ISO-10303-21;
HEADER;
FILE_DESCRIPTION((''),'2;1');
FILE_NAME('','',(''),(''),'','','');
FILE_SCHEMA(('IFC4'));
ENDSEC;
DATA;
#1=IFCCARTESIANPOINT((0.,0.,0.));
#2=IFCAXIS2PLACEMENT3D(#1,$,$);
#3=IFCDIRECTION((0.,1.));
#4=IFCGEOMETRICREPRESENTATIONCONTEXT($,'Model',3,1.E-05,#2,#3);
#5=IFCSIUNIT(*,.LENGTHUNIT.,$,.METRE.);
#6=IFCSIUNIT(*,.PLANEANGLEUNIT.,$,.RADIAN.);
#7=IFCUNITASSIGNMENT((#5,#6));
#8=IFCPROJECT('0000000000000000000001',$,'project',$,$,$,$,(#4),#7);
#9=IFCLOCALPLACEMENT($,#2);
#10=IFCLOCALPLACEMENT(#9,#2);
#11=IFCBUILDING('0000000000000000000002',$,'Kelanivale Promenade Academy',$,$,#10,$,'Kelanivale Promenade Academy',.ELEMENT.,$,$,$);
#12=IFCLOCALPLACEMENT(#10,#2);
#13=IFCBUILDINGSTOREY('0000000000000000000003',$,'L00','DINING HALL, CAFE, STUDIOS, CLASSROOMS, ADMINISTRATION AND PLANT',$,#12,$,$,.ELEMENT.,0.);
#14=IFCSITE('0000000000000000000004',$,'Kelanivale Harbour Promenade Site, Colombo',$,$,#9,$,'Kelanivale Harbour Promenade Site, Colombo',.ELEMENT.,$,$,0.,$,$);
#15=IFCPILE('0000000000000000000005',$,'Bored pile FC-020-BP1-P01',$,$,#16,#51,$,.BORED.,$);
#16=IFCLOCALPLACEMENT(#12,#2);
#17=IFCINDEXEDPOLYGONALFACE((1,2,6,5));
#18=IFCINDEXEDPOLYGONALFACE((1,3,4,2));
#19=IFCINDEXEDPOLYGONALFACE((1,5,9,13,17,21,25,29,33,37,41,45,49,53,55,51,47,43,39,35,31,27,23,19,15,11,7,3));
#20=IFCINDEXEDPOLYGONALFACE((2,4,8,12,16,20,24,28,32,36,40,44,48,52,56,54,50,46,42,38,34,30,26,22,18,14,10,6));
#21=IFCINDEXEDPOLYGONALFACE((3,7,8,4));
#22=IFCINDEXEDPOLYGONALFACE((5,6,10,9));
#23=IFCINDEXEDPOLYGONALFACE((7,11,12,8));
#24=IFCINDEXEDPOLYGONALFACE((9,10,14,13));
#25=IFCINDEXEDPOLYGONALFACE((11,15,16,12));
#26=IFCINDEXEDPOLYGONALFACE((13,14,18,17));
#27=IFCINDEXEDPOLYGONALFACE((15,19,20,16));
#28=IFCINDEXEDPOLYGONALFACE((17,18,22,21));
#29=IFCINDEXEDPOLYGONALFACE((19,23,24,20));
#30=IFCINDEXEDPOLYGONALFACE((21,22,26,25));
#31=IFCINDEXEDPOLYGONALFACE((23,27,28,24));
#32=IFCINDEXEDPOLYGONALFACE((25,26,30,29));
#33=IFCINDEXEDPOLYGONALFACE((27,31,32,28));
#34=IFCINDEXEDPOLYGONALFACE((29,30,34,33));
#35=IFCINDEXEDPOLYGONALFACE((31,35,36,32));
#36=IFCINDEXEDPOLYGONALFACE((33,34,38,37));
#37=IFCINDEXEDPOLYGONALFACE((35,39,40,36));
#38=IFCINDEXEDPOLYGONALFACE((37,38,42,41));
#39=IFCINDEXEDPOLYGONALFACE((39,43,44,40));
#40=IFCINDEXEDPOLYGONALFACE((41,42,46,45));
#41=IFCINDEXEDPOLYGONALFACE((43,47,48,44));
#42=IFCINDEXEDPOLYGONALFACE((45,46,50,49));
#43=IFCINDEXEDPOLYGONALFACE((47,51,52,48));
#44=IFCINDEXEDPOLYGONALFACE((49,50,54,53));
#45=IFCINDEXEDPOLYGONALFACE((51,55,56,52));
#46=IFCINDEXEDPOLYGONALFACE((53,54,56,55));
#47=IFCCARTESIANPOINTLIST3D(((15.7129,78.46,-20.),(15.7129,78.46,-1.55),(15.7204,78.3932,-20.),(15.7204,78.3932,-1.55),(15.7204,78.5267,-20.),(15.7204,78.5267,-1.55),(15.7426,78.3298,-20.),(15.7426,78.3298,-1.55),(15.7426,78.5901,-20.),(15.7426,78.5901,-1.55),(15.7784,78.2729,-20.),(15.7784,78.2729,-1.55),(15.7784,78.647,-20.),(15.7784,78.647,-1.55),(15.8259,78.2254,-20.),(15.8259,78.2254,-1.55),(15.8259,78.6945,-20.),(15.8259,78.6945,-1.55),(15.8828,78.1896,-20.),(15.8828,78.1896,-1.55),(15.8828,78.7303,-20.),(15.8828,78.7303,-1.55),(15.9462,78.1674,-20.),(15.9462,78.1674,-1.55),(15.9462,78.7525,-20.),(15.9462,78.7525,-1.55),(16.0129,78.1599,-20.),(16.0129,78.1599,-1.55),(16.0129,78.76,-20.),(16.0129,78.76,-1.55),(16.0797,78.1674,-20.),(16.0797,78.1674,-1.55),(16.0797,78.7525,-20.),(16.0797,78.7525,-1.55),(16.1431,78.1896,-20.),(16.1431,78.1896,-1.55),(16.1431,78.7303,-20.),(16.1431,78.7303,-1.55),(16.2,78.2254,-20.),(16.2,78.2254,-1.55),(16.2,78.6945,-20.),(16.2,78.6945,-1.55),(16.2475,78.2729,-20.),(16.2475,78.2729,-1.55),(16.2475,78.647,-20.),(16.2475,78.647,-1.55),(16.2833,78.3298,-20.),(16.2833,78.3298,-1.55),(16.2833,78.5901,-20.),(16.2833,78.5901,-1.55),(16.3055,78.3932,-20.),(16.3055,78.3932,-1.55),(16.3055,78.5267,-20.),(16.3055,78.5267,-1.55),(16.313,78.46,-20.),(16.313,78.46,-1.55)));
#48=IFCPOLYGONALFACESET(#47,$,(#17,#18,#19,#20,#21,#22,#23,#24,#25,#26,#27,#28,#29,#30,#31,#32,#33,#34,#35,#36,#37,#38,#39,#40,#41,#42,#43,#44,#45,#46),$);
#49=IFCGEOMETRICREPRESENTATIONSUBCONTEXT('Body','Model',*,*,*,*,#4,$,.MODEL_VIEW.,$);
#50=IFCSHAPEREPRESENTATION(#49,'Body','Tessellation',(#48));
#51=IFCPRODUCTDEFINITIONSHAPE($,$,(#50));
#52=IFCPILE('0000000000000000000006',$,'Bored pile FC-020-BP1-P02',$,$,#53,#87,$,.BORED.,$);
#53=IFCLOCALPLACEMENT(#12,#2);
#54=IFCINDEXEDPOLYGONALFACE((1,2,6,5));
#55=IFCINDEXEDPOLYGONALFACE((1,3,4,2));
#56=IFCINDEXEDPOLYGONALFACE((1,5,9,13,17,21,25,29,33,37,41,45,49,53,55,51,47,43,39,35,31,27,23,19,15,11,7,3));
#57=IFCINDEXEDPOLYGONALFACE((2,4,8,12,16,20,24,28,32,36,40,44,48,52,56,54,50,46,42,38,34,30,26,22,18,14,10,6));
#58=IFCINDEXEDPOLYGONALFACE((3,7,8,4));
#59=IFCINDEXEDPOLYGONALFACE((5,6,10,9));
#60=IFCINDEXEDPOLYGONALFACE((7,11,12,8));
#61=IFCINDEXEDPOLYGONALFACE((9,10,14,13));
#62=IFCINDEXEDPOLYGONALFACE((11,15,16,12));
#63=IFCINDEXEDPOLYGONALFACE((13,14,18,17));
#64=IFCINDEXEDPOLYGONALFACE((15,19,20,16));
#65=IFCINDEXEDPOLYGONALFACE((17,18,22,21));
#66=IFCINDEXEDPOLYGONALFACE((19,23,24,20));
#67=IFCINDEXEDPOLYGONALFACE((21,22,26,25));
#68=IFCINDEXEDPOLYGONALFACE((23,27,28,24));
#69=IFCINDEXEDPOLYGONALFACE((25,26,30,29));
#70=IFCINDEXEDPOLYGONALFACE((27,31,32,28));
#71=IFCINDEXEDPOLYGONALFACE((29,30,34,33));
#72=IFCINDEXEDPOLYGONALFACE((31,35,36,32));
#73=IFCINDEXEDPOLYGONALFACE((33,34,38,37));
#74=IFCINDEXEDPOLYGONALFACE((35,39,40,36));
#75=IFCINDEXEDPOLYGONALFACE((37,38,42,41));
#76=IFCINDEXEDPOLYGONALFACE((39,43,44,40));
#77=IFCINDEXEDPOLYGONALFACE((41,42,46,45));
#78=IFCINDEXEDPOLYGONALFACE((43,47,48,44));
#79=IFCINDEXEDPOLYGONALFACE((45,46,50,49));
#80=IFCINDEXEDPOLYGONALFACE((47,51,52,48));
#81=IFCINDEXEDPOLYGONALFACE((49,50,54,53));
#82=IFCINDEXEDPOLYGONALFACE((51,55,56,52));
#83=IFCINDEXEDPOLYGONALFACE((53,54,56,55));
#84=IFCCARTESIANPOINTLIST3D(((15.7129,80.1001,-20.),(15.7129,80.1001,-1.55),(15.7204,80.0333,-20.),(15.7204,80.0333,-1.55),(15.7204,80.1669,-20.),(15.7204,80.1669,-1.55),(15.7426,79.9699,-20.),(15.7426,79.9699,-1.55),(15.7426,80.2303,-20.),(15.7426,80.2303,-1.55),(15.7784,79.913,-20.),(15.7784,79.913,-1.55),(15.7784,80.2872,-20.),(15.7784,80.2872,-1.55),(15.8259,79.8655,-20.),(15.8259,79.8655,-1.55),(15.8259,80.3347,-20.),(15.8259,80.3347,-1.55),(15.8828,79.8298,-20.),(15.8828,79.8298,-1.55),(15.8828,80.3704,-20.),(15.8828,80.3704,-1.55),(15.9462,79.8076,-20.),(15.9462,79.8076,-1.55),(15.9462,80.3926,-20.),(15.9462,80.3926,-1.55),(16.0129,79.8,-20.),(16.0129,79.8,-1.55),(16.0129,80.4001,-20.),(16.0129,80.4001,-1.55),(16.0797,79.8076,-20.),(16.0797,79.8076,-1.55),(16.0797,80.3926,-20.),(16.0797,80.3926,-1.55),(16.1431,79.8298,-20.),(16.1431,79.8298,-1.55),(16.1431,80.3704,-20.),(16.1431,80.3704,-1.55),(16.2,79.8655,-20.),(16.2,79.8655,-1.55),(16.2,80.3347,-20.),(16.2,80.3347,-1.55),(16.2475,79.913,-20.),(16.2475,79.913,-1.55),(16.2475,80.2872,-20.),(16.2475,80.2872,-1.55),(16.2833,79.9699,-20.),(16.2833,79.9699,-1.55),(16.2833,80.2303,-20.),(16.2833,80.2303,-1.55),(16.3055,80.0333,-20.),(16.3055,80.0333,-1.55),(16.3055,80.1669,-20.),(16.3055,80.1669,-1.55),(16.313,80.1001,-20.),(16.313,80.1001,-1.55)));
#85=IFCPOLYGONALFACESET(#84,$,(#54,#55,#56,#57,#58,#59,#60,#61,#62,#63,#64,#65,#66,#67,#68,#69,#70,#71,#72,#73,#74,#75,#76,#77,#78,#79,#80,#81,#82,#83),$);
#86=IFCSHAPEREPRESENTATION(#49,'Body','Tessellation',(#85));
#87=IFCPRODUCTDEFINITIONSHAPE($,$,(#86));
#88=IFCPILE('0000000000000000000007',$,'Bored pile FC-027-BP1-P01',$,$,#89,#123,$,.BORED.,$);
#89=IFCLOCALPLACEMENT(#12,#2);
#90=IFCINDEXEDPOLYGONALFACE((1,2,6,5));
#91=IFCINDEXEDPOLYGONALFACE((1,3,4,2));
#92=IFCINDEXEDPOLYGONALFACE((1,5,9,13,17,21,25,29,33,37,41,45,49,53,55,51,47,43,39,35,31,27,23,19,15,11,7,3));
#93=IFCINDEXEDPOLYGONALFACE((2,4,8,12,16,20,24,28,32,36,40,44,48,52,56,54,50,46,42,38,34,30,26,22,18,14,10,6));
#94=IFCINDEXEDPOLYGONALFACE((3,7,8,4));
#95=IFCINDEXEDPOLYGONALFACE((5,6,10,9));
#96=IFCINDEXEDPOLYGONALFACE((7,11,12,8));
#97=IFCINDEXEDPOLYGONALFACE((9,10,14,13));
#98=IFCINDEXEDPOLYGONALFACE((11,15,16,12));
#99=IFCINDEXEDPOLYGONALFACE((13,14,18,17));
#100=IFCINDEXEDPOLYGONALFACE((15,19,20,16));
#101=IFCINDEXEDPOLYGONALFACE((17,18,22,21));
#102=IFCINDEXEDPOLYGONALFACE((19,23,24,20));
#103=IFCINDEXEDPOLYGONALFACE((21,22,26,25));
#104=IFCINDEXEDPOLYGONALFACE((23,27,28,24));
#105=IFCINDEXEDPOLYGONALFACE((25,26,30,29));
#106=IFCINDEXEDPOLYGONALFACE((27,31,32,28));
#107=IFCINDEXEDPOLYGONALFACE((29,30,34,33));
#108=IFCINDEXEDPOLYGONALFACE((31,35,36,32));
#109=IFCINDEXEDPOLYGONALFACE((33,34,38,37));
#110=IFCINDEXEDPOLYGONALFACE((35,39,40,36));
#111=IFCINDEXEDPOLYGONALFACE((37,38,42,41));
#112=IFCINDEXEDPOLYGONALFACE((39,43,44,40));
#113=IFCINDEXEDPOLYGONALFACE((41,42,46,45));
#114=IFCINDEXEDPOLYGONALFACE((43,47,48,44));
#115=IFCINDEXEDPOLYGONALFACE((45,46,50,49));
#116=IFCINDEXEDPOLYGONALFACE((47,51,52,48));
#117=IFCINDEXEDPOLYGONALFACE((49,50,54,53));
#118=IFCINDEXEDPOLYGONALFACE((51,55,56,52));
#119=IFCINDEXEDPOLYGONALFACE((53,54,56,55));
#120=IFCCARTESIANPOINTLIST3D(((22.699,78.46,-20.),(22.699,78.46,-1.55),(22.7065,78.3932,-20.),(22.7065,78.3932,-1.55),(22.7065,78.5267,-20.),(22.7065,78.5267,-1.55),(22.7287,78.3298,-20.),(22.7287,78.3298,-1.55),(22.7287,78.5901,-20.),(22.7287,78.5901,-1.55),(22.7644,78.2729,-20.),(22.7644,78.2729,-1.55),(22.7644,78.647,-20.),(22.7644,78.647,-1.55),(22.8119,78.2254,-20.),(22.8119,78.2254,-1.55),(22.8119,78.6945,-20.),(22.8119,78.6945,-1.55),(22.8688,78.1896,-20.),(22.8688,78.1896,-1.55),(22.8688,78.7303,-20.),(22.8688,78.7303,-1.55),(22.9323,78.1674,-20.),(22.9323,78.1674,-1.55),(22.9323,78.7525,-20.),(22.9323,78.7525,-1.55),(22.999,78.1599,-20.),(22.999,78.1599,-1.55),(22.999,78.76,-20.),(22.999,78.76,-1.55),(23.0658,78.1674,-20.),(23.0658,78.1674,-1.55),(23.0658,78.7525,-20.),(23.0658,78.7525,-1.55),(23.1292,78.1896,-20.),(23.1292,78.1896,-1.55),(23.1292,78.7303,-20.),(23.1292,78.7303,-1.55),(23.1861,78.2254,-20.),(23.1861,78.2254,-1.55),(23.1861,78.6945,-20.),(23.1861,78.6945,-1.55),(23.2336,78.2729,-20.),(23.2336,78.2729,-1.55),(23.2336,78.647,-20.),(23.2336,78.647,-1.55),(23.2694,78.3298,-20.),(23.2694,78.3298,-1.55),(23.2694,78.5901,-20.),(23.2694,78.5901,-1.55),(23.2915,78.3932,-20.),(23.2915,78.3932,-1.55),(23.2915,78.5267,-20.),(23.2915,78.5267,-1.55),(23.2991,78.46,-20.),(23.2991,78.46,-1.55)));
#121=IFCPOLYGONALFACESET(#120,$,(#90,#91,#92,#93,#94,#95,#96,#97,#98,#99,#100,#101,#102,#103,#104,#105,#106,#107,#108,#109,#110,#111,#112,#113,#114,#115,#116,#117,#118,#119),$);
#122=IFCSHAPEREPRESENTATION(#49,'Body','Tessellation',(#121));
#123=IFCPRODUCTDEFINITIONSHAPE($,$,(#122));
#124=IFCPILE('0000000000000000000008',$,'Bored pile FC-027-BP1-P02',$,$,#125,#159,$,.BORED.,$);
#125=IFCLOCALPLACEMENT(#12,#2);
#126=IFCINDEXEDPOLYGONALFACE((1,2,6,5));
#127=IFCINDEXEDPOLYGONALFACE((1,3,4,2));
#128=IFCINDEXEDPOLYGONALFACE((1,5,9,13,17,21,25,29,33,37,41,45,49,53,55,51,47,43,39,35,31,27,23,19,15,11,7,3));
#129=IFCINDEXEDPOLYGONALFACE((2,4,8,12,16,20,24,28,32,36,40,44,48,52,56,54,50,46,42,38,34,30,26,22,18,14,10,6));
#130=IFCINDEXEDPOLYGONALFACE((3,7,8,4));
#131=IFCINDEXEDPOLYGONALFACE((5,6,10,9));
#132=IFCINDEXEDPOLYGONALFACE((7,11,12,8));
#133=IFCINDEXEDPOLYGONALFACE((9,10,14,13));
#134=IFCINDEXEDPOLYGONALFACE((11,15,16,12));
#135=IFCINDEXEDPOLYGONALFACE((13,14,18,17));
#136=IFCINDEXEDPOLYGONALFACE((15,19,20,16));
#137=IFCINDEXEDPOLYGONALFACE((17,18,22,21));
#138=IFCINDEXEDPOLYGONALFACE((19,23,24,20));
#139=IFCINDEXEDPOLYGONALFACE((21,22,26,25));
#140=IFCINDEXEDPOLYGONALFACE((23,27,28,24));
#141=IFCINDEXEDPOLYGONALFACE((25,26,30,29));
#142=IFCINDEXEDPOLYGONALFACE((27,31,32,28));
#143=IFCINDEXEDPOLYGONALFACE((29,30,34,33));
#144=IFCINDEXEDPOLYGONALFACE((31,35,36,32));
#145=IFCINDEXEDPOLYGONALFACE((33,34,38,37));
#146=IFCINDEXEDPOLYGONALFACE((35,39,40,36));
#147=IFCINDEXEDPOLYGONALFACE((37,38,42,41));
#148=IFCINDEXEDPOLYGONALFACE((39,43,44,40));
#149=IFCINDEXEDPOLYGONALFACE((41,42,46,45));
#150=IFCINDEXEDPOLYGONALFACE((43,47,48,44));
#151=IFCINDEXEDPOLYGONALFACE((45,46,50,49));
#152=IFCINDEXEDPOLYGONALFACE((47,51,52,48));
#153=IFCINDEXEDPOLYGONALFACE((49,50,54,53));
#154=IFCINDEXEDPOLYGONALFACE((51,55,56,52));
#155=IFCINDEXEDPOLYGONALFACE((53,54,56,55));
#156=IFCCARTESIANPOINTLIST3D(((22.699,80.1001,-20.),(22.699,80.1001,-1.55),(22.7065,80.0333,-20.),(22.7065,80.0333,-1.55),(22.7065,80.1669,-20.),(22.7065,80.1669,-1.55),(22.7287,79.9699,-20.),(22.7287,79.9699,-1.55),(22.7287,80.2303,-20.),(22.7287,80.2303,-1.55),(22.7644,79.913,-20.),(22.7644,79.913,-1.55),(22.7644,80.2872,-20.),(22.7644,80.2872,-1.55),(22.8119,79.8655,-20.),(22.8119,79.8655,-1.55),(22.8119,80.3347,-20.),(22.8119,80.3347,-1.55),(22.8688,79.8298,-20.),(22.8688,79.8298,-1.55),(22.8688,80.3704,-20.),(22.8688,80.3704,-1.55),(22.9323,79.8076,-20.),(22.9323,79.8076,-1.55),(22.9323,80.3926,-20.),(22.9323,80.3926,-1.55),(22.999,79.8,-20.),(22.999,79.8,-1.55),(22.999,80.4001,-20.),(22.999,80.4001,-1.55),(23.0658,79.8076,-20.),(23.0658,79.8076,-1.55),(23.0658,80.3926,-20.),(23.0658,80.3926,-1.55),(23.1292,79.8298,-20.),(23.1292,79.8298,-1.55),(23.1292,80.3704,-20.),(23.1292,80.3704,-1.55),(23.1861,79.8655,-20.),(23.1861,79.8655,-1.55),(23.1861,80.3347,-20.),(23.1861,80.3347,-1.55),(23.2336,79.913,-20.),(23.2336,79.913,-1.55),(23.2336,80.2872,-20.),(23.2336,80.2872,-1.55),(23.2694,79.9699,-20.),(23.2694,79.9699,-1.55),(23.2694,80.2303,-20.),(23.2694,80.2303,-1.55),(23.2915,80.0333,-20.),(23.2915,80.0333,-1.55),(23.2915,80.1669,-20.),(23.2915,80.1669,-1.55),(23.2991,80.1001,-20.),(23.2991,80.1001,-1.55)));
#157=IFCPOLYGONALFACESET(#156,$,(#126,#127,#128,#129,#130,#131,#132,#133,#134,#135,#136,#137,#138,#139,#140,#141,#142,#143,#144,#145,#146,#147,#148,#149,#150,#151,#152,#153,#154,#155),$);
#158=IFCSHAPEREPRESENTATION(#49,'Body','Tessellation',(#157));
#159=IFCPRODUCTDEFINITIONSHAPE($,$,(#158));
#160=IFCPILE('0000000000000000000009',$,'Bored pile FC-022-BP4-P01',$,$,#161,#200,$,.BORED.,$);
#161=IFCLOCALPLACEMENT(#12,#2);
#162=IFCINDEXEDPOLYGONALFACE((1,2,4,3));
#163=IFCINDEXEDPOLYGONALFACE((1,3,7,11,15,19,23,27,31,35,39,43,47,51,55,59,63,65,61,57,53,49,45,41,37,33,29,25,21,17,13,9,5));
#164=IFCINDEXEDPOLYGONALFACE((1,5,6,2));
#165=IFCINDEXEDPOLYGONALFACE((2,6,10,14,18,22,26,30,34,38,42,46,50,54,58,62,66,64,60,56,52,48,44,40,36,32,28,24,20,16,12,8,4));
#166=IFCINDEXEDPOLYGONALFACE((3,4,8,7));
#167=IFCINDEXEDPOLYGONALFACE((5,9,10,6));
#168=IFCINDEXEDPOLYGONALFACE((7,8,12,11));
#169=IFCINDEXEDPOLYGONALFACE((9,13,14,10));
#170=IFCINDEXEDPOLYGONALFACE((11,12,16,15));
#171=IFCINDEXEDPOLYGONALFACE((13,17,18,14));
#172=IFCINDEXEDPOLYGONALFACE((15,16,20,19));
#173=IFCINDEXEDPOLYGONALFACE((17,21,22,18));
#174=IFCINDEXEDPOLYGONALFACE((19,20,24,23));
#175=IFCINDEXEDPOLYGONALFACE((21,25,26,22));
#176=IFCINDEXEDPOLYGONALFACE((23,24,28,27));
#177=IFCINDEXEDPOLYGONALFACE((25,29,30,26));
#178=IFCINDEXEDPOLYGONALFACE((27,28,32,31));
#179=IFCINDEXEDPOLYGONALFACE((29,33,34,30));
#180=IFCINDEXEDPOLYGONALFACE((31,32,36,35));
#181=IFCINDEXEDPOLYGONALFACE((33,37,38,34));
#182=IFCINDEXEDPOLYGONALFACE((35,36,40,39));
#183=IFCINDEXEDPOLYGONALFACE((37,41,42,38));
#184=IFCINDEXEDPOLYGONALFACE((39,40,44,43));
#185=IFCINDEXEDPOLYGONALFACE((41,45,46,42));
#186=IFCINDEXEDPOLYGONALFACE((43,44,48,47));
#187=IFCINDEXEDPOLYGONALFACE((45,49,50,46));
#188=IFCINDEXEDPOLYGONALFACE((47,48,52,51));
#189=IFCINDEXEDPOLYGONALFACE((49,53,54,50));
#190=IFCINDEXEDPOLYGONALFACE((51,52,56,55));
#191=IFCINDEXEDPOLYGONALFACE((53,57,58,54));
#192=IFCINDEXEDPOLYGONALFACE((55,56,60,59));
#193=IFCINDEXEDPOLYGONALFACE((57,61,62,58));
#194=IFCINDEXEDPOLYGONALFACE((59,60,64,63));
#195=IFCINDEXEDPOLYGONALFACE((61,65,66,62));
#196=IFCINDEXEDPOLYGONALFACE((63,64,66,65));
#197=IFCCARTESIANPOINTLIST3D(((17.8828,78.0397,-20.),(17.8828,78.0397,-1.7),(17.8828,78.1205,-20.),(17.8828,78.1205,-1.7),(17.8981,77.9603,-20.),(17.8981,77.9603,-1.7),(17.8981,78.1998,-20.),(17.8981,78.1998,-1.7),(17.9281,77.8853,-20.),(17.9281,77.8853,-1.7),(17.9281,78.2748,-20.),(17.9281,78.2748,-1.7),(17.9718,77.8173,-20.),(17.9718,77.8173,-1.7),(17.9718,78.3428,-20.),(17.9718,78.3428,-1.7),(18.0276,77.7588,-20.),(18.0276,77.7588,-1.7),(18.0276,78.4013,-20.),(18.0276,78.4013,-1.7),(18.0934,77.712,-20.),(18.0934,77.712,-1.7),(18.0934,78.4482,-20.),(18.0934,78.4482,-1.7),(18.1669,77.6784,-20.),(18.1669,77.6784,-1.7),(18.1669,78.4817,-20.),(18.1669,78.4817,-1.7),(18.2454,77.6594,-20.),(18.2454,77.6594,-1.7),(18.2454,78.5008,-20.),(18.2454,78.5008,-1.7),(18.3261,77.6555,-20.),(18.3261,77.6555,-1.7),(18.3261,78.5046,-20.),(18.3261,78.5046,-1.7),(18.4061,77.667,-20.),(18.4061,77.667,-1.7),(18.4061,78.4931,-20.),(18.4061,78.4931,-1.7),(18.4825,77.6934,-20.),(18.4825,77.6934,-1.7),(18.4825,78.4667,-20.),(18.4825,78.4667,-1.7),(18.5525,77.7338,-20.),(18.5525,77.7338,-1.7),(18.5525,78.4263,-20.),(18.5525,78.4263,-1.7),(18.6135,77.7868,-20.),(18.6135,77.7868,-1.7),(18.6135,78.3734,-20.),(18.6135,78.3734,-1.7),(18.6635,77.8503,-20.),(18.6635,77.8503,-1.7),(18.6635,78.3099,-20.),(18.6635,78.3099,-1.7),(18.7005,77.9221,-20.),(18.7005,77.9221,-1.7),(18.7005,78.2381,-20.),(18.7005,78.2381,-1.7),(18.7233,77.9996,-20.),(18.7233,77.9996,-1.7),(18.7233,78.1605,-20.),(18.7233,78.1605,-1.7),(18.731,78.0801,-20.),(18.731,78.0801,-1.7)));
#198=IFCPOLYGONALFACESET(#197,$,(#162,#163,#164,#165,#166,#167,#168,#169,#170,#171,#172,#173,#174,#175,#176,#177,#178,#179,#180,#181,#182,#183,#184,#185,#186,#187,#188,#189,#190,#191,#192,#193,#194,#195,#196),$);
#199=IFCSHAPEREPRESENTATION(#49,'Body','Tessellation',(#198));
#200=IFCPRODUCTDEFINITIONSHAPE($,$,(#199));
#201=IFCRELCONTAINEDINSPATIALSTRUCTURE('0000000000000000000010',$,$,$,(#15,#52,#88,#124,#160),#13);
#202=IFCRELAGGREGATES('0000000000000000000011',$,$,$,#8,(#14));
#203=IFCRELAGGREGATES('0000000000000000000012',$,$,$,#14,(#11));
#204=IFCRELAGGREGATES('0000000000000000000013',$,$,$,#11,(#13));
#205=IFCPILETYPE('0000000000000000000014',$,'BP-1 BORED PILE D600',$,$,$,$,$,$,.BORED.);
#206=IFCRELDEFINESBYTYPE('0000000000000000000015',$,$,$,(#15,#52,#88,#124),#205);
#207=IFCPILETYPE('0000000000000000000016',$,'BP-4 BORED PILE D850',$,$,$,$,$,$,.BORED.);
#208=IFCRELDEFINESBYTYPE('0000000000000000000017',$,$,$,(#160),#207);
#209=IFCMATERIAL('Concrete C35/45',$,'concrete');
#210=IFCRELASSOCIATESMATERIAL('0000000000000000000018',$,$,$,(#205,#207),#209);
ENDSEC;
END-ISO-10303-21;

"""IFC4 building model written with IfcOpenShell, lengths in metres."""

from ifc_helpers import new_model, si_unit, direction, frame, origin, origin_2d, place, context, subcontext, project, spatial, circle, extrude, material, material_profile, profile_set, type_object, element, save


model = new_model("IFC4")

# Units and contexts
model_context = context("Model", 3, precision=1e-05, world=origin(), true_north=direction((0.0, 1.0)))
body_context = subcontext(model_context, "Body", "Model", "MODEL_VIEW")
ifc_project = project(units=[si_unit("LENGTHUNIT", "METRE"), si_unit("PLANEANGLEUNIT", "RADIAN")], contexts=[model_context])

# Site, building, storey
site_placement = place(None, origin())
site = spatial("IfcSite", under=ifc_project, at=site_placement, Name="Kelanivale Harbour Promenade Site, Colombo", LongName="Kelanivale Harbour Promenade Site, Colombo", CompositionType="ELEMENT", RefElevation=0.0)
building_placement = place(site_placement, origin())
building = spatial("IfcBuilding", under=site, at=building_placement, Name="Kelanivale Promenade Academy", LongName="Kelanivale Promenade Academy", CompositionType="ELEMENT")
storey_placement = place(building_placement, origin())
storey = spatial("IfcBuildingStorey", under=building, at=storey_placement, Name="L00", Description="DINING HALL, CAFE, STUDIOS, CLASSROOMS, ADMINISTRATION AND PLANT", CompositionType="ELEMENT", Elevation=0.0)

# Piles
ifc_material_1 = material(Name="Concrete C35/45", Category="concrete")
ifc_material_profile_1 = material_profile(ifc_material_1, circle(Radius=0.3, at=origin_2d()), Name="BORED PILE D600")
ifc_profile_set_1 = profile_set([ifc_material_profile_1], Name="Concrete C35/45")
pile_type_1 = type_object("IfcPileType", Name="BP-1 BORED PILE D600", PredefinedType="BORED", material=ifc_profile_set_1)
for number, where, z_axis, x_axis, name in (
    (1, (16.0129, 78.46, -1.55), (0.0, 0.0, -1.0), (1.0, 0.0, 0.0), "Bored pile FC-020-BP1-P01"),
    (2, (16.0129, 80.1001, -1.55), (0.0, 0.0, -1.0), (1.0, 0.0, 0.0), "Bored pile FC-020-BP1-P02"),
    (3, (22.999, 78.46, -1.55), (0.0, 0.0, -1.0), (1.0, 0.0, 0.0), "Bored pile FC-027-BP1-P01"),
    (4, (22.999, 80.1001, -1.55), (0.0, 0.0, -1.0), (1.0, 0.0, 0.0), "Bored pile FC-027-BP1-P02"),
):
    element("IfcPile", number, at=place(storey_placement, frame(where, z_axis=z_axis, x_axis=x_axis)), inside=storey, type_object=pile_type_1, Name=name, PredefinedType="BORED", context=body_context, shape_type="SweptSolid", body=[
        extrude(circle(Radius=0.3, at=origin_2d()), origin(), (0.0, 0.0, 1.0), 18.45),
    ])
ifc_material_profile_2 = material_profile(ifc_material_1, circle(Radius=0.425, at=origin_2d()), Name="BORED PILE D850")
ifc_profile_set_2 = profile_set([ifc_material_profile_2], Name="Concrete C35/45")
pile_type_2 = type_object("IfcPileType", Name="BP-4 BORED PILE D850", PredefinedType="BORED", material=ifc_profile_set_2)
for number, where, z_axis, x_axis, name in (
    (5, (18.3059, 78.0801, -1.7), (0.0, 0.0, -1.0), (1.0, 0.0, 0.0), "Bored pile FC-022-BP4-P01"),
):
    element("IfcPile", number, at=place(storey_placement, frame(where, z_axis=z_axis, x_axis=x_axis)), inside=storey, type_object=pile_type_2, Name=name, PredefinedType="BORED", context=body_context, shape_type="SweptSolid", body=[
        extrude(circle(Radius=0.425, at=origin_2d()), origin(), (0.0, 0.0, 1.0), 18.3),
    ])

save(model, "model.ifc")
